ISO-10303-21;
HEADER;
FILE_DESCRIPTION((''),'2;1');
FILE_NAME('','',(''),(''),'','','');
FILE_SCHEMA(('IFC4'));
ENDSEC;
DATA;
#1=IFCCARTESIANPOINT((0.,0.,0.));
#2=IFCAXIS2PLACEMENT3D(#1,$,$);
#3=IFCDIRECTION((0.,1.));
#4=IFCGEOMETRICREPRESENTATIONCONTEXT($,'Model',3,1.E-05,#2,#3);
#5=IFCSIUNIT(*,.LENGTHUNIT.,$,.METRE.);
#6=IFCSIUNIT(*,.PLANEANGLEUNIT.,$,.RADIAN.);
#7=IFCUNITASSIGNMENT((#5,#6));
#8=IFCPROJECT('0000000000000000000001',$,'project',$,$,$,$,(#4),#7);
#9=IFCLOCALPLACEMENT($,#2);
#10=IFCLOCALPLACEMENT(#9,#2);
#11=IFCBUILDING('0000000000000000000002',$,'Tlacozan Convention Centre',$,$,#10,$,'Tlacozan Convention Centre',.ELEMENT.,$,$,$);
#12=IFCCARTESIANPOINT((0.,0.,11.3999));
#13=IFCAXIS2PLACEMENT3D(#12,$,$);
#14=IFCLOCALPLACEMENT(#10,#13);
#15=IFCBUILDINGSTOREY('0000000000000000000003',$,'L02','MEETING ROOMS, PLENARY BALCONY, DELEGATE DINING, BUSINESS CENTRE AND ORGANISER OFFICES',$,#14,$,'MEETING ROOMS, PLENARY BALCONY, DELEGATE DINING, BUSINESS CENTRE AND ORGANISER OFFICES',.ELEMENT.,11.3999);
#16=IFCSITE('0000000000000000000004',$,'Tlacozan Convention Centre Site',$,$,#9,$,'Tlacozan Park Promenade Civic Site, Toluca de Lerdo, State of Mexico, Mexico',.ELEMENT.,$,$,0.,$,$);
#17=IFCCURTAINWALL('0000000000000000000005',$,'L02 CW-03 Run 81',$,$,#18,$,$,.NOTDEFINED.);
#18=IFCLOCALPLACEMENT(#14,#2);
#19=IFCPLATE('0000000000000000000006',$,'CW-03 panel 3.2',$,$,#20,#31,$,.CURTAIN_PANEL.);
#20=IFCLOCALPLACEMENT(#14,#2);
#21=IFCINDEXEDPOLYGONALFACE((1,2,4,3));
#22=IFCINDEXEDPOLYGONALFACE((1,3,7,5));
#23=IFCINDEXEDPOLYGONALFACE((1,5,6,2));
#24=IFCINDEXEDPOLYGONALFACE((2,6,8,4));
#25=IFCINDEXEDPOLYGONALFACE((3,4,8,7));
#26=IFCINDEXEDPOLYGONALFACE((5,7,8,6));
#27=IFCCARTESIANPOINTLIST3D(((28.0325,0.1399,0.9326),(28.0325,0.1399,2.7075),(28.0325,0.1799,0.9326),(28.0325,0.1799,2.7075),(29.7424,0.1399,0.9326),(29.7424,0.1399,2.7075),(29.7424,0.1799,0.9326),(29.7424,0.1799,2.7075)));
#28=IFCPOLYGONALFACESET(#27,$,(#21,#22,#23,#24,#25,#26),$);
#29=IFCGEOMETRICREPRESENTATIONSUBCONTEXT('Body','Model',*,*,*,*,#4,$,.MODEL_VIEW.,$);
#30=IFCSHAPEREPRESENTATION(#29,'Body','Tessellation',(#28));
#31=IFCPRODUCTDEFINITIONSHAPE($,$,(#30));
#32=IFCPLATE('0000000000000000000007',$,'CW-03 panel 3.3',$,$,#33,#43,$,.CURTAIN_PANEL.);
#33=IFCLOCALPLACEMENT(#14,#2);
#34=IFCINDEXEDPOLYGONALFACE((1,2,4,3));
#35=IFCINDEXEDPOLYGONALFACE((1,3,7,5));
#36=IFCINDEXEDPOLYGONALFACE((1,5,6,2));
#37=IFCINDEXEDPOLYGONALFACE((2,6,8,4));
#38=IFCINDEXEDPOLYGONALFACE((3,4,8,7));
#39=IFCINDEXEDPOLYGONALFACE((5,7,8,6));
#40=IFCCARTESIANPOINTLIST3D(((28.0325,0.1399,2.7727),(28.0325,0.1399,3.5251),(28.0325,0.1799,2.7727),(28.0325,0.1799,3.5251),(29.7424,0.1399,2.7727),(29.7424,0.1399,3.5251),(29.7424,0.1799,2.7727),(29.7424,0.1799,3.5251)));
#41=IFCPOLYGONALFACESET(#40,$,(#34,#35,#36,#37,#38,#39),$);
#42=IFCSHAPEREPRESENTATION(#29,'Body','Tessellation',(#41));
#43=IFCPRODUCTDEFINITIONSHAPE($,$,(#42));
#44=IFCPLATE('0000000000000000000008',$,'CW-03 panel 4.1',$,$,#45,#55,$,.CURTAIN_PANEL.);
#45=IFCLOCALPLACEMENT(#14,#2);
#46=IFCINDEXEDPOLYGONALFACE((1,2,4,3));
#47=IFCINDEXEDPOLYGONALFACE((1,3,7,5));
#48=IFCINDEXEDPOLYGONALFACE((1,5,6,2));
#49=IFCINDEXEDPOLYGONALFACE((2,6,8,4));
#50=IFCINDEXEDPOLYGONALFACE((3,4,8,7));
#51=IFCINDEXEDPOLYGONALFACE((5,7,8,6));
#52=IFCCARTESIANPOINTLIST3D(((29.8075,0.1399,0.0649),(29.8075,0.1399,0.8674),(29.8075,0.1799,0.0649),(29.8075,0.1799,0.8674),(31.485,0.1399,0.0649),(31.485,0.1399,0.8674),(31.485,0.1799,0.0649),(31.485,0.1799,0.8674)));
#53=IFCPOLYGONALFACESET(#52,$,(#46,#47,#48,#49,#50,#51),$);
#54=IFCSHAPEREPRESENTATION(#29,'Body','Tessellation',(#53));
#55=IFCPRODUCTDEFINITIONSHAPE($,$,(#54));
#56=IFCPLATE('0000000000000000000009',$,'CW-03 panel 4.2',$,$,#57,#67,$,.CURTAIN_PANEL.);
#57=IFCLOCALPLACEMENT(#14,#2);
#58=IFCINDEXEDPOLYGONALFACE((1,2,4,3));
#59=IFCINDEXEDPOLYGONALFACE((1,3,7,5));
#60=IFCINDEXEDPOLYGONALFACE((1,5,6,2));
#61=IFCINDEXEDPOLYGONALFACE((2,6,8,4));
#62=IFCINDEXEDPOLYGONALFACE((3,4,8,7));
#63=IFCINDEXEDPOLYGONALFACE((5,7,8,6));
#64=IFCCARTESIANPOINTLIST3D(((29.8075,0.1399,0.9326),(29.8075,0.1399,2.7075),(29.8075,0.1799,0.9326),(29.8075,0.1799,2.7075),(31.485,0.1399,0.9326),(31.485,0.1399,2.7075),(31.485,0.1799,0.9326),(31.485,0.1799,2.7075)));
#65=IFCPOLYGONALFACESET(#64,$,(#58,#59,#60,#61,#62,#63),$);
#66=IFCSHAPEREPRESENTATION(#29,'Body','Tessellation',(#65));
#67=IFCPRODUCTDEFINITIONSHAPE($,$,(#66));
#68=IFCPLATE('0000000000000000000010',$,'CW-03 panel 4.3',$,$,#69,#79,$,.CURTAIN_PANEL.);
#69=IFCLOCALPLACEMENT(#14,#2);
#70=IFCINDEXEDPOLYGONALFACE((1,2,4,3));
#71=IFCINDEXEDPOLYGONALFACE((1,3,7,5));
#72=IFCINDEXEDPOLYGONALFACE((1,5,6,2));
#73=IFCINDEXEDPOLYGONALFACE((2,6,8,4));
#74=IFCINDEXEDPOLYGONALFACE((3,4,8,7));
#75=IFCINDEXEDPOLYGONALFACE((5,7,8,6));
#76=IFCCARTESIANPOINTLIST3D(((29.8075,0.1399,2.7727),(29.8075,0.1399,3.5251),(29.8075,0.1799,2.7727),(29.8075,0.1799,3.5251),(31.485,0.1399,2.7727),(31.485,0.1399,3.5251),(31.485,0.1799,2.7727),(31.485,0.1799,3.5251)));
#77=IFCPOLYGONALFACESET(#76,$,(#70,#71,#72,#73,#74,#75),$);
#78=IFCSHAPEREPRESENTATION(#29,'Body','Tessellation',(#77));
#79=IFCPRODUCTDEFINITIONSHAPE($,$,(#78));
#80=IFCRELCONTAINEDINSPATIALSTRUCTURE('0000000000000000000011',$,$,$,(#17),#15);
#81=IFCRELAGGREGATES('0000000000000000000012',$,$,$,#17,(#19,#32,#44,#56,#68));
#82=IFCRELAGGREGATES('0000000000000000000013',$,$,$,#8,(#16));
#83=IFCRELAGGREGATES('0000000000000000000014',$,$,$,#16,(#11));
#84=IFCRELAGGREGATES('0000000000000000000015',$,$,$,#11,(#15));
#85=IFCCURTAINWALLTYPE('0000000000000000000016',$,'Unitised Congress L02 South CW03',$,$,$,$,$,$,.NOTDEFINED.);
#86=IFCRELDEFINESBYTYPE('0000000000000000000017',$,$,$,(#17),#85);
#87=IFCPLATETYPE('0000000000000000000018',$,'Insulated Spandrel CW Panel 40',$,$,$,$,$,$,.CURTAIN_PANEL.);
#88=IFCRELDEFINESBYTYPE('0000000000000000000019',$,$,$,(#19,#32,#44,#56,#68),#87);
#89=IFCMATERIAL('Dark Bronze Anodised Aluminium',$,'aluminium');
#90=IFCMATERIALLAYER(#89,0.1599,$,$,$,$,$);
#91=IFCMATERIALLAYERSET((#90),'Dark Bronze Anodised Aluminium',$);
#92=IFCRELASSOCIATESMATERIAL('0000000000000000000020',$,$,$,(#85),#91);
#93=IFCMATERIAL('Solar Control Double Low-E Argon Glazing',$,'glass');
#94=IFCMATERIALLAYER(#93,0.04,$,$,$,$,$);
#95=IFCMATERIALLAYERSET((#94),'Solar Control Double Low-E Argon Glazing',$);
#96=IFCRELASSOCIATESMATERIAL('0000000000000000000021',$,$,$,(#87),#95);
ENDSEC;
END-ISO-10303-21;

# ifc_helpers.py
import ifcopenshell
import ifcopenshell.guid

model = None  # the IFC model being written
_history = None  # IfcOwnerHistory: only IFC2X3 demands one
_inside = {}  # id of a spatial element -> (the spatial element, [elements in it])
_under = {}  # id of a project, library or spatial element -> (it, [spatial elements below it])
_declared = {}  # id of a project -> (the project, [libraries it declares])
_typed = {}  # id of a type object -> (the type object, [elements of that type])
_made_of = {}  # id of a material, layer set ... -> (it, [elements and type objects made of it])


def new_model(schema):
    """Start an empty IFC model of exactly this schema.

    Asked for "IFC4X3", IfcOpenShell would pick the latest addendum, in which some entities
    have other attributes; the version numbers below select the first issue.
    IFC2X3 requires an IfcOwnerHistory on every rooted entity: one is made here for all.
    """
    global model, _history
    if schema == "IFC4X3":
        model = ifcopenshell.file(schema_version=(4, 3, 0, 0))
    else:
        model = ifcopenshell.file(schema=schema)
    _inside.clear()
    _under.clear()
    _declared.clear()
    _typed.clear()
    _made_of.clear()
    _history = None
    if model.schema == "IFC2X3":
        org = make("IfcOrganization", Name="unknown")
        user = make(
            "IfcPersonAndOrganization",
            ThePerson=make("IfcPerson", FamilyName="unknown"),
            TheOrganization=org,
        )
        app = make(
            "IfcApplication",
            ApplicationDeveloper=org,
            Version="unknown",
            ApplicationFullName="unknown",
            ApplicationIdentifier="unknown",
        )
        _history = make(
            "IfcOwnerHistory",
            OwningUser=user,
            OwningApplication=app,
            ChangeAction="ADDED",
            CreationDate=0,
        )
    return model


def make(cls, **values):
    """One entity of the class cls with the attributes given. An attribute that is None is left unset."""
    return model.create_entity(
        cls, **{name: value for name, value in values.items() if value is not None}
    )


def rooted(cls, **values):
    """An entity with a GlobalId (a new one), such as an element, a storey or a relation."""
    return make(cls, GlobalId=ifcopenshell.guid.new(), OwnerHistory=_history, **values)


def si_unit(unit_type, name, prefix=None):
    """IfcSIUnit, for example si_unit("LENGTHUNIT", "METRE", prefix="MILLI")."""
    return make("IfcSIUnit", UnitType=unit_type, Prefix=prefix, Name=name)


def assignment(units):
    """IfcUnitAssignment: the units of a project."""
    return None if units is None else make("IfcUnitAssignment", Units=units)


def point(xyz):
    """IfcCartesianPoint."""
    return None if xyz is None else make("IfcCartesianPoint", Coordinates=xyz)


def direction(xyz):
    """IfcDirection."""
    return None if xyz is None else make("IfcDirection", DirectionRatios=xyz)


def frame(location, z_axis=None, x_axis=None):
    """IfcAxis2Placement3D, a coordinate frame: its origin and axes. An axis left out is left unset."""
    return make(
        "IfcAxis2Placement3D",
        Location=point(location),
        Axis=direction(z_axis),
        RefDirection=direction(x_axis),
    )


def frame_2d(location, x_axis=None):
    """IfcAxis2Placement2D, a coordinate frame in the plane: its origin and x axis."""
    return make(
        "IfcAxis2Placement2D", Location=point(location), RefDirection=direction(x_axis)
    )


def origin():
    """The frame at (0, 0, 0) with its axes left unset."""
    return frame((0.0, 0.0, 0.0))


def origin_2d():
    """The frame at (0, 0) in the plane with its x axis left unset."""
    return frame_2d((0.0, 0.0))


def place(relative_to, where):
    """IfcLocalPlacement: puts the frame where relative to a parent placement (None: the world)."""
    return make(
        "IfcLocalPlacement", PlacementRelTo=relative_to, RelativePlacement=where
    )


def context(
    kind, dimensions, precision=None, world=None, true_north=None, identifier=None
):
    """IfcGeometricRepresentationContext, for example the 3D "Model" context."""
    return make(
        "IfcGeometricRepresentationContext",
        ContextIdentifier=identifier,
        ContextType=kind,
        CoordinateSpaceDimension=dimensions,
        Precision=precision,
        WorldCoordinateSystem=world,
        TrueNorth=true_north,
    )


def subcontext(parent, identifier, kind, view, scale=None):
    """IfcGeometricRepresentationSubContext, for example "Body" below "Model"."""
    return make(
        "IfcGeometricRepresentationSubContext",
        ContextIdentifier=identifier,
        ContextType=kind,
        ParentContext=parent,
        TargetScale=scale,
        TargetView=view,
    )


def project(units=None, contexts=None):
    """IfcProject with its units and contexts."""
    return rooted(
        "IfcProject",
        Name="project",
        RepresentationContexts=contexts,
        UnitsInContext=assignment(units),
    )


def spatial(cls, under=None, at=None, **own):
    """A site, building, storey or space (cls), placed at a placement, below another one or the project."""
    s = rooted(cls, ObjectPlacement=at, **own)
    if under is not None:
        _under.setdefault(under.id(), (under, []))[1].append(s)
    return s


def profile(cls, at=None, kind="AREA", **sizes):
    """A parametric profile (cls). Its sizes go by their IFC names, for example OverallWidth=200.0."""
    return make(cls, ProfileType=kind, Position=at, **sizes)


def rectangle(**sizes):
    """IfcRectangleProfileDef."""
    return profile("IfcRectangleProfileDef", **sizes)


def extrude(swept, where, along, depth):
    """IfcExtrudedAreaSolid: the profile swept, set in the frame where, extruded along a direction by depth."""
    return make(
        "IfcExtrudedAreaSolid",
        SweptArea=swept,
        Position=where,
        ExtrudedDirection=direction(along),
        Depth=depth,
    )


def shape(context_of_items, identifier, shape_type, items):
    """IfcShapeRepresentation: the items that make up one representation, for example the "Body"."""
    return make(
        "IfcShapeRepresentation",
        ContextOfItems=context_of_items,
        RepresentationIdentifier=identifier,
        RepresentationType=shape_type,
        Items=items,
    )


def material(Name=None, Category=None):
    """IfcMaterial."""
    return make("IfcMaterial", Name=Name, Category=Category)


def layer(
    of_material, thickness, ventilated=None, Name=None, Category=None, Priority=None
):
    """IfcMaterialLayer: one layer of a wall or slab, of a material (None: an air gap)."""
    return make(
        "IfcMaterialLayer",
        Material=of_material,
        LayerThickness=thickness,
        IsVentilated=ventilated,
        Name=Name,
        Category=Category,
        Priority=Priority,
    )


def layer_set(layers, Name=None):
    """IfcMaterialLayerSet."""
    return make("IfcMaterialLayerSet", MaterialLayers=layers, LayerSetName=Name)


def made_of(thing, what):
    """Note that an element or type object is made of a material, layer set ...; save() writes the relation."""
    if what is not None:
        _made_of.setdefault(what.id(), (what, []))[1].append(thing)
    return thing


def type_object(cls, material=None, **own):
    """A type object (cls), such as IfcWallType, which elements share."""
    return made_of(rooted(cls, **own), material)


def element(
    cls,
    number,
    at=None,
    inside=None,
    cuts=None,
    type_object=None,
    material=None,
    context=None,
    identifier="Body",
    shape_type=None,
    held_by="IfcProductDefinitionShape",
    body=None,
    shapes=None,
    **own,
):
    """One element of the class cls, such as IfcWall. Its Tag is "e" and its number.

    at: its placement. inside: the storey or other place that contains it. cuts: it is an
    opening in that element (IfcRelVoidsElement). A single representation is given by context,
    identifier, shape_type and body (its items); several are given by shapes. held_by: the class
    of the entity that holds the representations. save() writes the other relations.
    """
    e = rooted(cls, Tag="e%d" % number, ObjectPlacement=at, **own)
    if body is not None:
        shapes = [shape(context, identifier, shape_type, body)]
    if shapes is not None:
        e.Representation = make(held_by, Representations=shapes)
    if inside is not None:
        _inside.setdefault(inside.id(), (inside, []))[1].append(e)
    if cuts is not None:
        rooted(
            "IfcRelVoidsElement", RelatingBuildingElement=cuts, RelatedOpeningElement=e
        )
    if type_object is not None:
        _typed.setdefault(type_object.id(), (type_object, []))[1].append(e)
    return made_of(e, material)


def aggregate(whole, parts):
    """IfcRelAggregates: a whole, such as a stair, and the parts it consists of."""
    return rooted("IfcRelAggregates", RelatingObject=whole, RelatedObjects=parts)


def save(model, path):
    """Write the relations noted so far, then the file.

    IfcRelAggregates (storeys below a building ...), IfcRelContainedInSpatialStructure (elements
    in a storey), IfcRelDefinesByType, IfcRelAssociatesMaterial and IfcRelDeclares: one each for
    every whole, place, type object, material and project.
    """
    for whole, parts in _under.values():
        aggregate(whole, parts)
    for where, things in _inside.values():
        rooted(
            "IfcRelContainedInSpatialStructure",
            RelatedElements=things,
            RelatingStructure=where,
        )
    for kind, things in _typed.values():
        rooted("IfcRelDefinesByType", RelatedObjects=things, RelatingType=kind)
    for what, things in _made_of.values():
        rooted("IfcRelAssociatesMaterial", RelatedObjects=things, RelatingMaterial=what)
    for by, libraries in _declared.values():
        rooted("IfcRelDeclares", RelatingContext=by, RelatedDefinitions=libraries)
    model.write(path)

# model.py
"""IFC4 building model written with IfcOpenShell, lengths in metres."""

from ifc_helpers import new_model, si_unit, direction, frame, origin, origin_2d, place, context, subcontext, project, spatial, rectangle, extrude, material, layer, layer_set, type_object, element, aggregate, save


model = new_model("IFC4")

# Units and contexts
model_context = context("Model", 3, precision=1e-05, world=origin(), true_north=direction((0.0, 1.0)))
body_context = subcontext(model_context, "Body", "Model", "MODEL_VIEW")
ifc_project = project(units=[si_unit("LENGTHUNIT", "METRE"), si_unit("PLANEANGLEUNIT", "RADIAN")], contexts=[model_context])

# Site, building, storey
site_placement = place(None, origin())
site = spatial("IfcSite", under=ifc_project, at=site_placement, Name="Tlacozan Convention Centre Site", LongName="Tlacozan Park Promenade Civic Site, Toluca de Lerdo, State of Mexico, Mexico", CompositionType="ELEMENT", RefElevation=0.0)
building_placement = place(site_placement, origin())
building = spatial("IfcBuilding", under=site, at=building_placement, Name="Tlacozan Convention Centre", LongName="Tlacozan Convention Centre", CompositionType="ELEMENT")
storey_placement = place(building_placement, frame((0.0, 0.0, 11.3999)))
storey = spatial("IfcBuildingStorey", under=building, at=storey_placement, Name="L02", Description="MEETING ROOMS, PLENARY BALCONY, DELEGATE DINING, BUSINESS CENTRE AND ORGANISER OFFICES", LongName="MEETING ROOMS, PLENARY BALCONY, DELEGATE DINING, BUSINESS CENTRE AND ORGANISER OFFICES", CompositionType="ELEMENT", Elevation=11.3999)

# Curtain wall
ifc_material_1 = material(Name="Dark Bronze Anodised Aluminium", Category="aluminium")
ifc_layer_1 = layer(ifc_material_1, 0.1599)
ifc_layer_set_1 = layer_set([ifc_layer_1], Name="Dark Bronze Anodised Aluminium")
curtain_wall_type = type_object("IfcCurtainWallType", Name="Unitised Congress L02 South CW03", PredefinedType="NOTDEFINED", material=ifc_layer_set_1)
curtain_wall_1_placement = place(storey_placement, origin())
curtain_wall_1 = element("IfcCurtainWall", 1, at=curtain_wall_1_placement, inside=storey, type_object=curtain_wall_type, Name="L02 CW-03 Run 81", PredefinedType="NOTDEFINED")

# Plates
ifc_material_2 = material(Name="Solar Control Double Low-E Argon Glazing", Category="glass")
ifc_layer_2 = layer(ifc_material_2, 0.04)
ifc_layer_set_2 = layer_set([ifc_layer_2], Name="Solar Control Double Low-E Argon Glazing")
plate_type = type_object("IfcPlateType", Name="Insulated Spandrel CW Panel 40", PredefinedType="CURTAIN_PANEL", material=ifc_layer_set_2)
plate_1_placement = place(storey_placement, frame((28.8875, 0.1599, 0.9326), z_axis=(0.0, 0.0, 1.0), x_axis=(1.0, 0.0, 0.0)))
plate_1 = element("IfcPlate", 2, at=plate_1_placement, type_object=plate_type, Name="CW-03 panel 3.2", PredefinedType="CURTAIN_PANEL", context=body_context, shape_type="SweptSolid", body=[
    extrude(rectangle(XDim=1.71, YDim=0.04, at=origin_2d()), origin(), (0.0, 0.0, 1.0), 1.7749),
])
plate_2_placement = place(storey_placement, frame((28.8875, 0.1599, 2.7727), z_axis=(0.0, 0.0, 1.0), x_axis=(1.0, 0.0, 0.0)))
plate_2 = element("IfcPlate", 3, at=plate_2_placement, type_object=plate_type, Name="CW-03 panel 3.3", PredefinedType="CURTAIN_PANEL", context=body_context, shape_type="SweptSolid", body=[
    extrude(rectangle(XDim=1.71, YDim=0.04, at=origin_2d()), origin(), (0.0, 0.0, 1.0), 0.7524),
])
plate_3_placement = place(storey_placement, frame((30.6462, 0.1599, 0.0649), z_axis=(0.0, 0.0, 1.0), x_axis=(1.0, 0.0, 0.0)))
plate_3 = element("IfcPlate", 4, at=plate_3_placement, type_object=plate_type, Name="CW-03 panel 4.1", PredefinedType="CURTAIN_PANEL", context=body_context, shape_type="SweptSolid", body=[
    extrude(rectangle(XDim=1.6775, YDim=0.04, at=origin_2d()), origin(), (0.0, 0.0, 1.0), 0.8025),
])
plate_4_placement = place(storey_placement, frame((30.6462, 0.1599, 0.9326), z_axis=(0.0, 0.0, 1.0), x_axis=(1.0, 0.0, 0.0)))
plate_4 = element("IfcPlate", 5, at=plate_4_placement, type_object=plate_type, Name="CW-03 panel 4.2", PredefinedType="CURTAIN_PANEL", context=body_context, shape_type="SweptSolid", body=[
    extrude(rectangle(XDim=1.6775, YDim=0.04, at=origin_2d()), origin(), (0.0, 0.0, 1.0), 1.7749),
])
plate_5_placement = place(storey_placement, frame((30.6462, 0.1599, 2.7727), z_axis=(0.0, 0.0, 1.0), x_axis=(1.0, 0.0, 0.0)))
plate_5 = element("IfcPlate", 6, at=plate_5_placement, type_object=plate_type, Name="CW-03 panel 4.3", PredefinedType="CURTAIN_PANEL", context=body_context, shape_type="SweptSolid", body=[
    extrude(rectangle(XDim=1.6775, YDim=0.04, at=origin_2d()), origin(), (0.0, 0.0, 1.0), 0.7524),
])
aggregate(curtain_wall_1, [plate_1, plate_2, plate_3, plate_4, plate_5])

save(model, "model.ifc")
